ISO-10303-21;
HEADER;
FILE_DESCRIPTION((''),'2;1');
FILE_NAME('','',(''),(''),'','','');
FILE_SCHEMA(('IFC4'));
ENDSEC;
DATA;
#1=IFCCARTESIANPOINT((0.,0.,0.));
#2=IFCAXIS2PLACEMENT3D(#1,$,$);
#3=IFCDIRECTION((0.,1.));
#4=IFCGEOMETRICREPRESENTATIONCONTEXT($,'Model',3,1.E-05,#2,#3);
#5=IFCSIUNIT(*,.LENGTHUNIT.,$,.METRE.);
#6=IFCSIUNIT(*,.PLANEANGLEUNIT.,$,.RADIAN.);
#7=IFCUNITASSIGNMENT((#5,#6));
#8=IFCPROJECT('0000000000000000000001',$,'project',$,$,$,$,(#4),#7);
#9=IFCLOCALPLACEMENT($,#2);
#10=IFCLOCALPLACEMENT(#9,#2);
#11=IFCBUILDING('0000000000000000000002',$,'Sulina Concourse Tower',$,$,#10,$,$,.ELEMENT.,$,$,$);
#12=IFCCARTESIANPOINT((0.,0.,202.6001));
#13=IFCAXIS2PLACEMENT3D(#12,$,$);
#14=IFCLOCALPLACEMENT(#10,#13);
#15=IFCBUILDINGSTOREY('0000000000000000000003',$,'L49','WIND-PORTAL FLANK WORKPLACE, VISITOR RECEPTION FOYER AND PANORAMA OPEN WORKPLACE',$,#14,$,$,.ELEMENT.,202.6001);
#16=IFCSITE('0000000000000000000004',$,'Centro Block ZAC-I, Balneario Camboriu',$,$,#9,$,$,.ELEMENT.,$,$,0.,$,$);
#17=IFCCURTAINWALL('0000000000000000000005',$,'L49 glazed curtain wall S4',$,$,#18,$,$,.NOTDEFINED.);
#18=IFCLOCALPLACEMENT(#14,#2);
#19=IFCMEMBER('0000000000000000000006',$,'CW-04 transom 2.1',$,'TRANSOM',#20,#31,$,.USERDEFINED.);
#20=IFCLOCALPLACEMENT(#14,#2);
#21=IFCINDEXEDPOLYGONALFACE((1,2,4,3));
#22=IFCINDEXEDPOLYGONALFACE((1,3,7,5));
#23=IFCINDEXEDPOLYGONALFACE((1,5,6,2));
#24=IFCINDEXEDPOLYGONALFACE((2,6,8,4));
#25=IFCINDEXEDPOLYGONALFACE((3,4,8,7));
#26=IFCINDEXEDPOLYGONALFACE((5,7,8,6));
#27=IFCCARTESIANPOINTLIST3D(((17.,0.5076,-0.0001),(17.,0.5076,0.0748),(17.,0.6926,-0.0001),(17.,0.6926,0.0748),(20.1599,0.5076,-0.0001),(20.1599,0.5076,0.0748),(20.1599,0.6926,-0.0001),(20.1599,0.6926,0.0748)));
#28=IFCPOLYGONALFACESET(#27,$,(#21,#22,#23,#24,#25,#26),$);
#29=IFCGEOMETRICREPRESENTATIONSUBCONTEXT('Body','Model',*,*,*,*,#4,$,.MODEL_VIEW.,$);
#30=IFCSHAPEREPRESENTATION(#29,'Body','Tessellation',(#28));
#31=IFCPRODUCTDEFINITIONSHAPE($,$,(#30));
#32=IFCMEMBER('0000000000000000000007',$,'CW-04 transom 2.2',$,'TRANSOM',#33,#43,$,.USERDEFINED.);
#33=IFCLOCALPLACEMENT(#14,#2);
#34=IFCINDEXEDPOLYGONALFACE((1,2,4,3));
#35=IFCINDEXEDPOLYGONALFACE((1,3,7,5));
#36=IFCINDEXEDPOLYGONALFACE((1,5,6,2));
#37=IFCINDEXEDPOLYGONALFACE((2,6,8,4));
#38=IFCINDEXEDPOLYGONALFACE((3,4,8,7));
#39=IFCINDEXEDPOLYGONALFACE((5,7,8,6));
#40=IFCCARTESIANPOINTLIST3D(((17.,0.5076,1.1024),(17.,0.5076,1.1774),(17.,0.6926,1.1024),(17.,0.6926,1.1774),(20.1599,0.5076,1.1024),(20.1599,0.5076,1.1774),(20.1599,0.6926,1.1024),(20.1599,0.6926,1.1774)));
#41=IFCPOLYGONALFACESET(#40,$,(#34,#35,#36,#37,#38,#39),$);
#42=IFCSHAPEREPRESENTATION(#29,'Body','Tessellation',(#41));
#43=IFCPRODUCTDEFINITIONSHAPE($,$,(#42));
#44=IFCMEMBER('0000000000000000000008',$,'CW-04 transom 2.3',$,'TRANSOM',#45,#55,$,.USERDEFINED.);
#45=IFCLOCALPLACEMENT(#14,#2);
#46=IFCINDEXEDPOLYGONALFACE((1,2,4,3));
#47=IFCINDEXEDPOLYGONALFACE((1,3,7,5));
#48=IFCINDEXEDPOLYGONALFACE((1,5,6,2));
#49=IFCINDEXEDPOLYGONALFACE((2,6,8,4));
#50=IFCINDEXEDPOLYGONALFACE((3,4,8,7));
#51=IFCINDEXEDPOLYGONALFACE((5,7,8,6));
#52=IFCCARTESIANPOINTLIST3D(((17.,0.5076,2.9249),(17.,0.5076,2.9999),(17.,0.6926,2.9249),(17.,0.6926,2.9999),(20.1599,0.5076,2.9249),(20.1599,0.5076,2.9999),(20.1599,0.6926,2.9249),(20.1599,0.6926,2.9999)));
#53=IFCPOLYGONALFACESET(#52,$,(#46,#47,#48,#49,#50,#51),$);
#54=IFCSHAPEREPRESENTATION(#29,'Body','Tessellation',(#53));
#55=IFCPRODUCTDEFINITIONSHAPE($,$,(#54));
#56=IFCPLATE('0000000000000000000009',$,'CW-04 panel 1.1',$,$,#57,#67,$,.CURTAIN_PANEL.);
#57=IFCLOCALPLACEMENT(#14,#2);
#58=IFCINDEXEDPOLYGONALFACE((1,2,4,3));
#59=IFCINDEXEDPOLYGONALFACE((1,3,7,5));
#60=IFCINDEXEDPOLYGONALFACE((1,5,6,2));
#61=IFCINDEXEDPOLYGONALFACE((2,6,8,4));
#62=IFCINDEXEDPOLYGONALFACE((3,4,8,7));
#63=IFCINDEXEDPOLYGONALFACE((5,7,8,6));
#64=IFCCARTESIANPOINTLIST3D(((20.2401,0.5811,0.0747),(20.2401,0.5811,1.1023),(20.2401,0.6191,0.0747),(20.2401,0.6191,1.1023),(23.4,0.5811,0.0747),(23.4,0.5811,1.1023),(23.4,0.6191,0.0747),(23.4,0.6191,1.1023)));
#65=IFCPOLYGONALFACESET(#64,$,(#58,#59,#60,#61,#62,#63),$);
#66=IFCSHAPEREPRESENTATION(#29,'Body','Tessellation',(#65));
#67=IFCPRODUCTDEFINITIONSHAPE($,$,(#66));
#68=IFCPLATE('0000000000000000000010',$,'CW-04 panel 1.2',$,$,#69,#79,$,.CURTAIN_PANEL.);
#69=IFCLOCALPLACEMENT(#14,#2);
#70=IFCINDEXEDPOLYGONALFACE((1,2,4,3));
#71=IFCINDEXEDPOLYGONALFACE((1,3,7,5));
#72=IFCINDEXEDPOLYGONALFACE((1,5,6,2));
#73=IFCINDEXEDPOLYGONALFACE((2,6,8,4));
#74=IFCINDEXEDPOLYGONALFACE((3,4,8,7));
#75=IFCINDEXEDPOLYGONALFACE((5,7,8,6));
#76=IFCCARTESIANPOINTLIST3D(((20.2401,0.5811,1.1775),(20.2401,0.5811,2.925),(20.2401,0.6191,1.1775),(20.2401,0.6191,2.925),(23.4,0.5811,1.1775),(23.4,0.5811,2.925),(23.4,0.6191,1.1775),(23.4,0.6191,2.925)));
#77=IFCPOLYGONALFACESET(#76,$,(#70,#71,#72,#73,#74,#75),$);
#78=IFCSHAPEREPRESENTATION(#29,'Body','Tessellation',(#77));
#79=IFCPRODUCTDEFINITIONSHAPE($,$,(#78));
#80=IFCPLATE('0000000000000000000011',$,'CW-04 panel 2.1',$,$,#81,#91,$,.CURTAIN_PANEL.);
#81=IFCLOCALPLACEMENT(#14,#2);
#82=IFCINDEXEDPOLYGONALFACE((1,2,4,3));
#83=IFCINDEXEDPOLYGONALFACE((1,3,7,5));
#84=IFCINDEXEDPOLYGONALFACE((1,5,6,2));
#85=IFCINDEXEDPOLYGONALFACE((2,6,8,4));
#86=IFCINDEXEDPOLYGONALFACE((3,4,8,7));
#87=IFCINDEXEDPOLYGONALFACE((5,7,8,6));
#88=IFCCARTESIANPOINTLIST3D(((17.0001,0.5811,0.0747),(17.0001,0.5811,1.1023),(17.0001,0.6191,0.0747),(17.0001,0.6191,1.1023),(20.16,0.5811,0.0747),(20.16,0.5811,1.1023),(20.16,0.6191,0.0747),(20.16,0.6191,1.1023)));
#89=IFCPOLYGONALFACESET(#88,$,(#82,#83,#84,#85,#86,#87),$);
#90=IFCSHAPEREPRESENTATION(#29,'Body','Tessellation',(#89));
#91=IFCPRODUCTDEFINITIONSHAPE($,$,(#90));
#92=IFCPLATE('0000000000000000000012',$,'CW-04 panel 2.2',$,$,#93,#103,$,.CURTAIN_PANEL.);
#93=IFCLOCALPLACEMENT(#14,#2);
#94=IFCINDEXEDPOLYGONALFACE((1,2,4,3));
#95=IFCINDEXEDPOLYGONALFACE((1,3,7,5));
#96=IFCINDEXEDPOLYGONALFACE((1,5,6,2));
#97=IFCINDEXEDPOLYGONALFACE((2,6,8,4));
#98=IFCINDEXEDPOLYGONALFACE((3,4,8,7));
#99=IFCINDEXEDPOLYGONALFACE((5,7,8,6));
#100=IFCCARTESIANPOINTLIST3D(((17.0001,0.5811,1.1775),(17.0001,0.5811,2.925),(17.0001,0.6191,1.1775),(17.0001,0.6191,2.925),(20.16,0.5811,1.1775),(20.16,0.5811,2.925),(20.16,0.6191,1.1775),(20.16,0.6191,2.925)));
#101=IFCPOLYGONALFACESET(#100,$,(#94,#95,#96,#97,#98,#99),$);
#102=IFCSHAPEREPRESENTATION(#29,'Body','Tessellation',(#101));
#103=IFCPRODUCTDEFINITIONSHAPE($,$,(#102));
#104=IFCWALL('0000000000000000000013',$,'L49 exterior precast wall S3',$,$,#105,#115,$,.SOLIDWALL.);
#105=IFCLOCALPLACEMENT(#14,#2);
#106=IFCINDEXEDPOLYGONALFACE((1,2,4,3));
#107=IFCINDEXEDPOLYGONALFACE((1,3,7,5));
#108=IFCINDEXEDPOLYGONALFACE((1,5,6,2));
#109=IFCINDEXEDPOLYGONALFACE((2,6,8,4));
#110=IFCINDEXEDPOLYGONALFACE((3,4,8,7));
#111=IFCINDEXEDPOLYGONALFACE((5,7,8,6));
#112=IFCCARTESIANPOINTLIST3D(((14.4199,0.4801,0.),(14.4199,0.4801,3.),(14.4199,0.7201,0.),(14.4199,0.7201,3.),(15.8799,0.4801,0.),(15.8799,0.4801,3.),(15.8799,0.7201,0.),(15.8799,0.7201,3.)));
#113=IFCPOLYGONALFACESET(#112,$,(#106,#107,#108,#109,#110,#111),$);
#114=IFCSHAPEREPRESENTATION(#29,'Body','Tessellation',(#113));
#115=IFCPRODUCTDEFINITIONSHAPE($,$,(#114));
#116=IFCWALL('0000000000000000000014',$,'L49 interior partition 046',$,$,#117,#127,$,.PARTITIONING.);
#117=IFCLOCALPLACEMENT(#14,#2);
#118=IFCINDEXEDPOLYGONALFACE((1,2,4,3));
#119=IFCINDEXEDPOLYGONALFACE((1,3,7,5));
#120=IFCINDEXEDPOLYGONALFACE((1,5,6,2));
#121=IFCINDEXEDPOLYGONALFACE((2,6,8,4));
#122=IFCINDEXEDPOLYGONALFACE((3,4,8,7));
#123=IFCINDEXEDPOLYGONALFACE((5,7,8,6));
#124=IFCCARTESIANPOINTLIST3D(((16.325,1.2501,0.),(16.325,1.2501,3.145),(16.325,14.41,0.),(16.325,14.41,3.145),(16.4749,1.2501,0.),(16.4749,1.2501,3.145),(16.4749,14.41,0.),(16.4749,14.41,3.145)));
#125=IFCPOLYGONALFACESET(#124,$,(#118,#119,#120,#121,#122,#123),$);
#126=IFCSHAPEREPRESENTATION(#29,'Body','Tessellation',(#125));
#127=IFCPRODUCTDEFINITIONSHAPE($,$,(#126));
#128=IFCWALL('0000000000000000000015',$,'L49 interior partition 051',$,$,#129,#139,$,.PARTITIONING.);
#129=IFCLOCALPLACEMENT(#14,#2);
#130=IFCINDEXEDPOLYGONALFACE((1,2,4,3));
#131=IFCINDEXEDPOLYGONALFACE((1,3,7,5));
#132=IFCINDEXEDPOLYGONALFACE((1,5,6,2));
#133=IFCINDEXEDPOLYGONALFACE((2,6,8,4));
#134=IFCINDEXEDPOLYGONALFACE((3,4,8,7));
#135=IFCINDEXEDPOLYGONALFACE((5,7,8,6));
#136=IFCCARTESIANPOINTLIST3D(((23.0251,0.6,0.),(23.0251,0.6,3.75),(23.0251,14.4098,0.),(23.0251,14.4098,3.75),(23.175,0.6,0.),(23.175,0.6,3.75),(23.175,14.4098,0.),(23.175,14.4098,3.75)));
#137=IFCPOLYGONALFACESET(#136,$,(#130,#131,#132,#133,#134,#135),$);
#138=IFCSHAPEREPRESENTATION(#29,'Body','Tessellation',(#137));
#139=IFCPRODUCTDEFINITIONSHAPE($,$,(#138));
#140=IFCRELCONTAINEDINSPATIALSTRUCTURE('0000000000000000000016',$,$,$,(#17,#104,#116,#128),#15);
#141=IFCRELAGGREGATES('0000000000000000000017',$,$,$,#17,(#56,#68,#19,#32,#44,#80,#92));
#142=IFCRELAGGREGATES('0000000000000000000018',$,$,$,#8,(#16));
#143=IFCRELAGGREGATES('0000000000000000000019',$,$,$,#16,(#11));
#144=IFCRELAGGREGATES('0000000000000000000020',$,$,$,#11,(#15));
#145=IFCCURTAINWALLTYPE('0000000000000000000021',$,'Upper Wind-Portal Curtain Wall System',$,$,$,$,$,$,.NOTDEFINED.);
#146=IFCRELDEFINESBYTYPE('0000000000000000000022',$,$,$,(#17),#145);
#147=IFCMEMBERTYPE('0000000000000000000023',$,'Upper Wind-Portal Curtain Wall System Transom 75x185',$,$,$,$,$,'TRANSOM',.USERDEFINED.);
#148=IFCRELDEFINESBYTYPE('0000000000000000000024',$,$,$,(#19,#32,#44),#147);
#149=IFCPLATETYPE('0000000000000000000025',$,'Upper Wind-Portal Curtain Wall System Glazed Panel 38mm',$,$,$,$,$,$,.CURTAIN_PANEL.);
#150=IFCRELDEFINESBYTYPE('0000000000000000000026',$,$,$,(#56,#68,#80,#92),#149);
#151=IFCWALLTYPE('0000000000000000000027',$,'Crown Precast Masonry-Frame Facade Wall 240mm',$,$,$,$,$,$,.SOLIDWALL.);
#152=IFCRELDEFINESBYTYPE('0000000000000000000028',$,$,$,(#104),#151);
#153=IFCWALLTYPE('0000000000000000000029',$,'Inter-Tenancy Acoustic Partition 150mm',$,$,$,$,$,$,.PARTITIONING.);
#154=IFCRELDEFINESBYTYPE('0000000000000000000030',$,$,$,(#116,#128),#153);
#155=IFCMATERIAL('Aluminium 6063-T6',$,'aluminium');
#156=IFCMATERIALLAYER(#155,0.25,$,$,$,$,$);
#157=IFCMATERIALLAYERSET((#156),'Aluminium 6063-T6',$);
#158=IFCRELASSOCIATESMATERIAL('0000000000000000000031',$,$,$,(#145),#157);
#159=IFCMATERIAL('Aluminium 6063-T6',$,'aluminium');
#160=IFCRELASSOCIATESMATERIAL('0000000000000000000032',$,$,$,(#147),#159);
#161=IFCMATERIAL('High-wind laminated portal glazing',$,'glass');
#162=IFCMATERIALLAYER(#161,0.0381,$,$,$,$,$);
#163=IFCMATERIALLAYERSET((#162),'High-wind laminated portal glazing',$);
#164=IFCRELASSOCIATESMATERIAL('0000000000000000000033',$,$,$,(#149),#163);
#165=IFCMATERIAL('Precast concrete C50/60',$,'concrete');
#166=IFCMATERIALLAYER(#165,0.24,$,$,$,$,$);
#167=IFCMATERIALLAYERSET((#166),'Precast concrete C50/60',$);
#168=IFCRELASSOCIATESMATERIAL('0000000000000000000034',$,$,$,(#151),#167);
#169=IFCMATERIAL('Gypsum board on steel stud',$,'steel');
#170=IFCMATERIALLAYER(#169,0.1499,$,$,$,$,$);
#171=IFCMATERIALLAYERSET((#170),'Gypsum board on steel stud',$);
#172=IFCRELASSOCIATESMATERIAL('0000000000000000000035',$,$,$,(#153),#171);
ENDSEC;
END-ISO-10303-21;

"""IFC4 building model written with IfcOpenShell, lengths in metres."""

from ifc_helpers import new_model, si_unit, direction, frame, frame_2d, origin, origin_2d, place, context, subcontext, project, spatial, rectangle, extrude, material, layer, layer_set, material_profile, profile_set, type_object, element, aggregate, save


model = new_model("IFC4")

# Units and contexts
model_context = context("Model", 3, precision=1e-05, world=origin(), true_north=direction((0.0, 1.0)))
body_context = subcontext(model_context, "Body", "Model", "MODEL_VIEW")
ifc_project = project(units=[si_unit("LENGTHUNIT", "METRE"), si_unit("PLANEANGLEUNIT", "RADIAN")], contexts=[model_context])

# Site, building, storey
site_placement = place(None, origin())
site = spatial("IfcSite", under=ifc_project, at=site_placement, Name="Centro Block ZAC-I, Balneario Camboriu", CompositionType="ELEMENT", RefElevation=0.0)
building_placement = place(site_placement, origin())
building = spatial("IfcBuilding", under=site, at=building_placement, Name="Sulina Concourse Tower", CompositionType="ELEMENT")
storey_placement = place(building_placement, frame((0.0, 0.0, 202.6001)))
storey = spatial("IfcBuildingStorey", under=building, at=storey_placement, Name="L49", Description="WIND-PORTAL FLANK WORKPLACE, VISITOR RECEPTION FOYER AND PANORAMA OPEN WORKPLACE", CompositionType="ELEMENT", Elevation=202.6001)

# Curtain wall, members, plates
ifc_material_1 = material(Name="Aluminium 6063-T6", Category="aluminium")
ifc_layer_1 = layer(ifc_material_1, 0.25)
ifc_layer_set_1 = layer_set([ifc_layer_1], Name="Aluminium 6063-T6")
curtain_wall_type = type_object("IfcCurtainWallType", Name="Upper Wind-Portal Curtain Wall System", PredefinedType="NOTDEFINED", material=ifc_layer_set_1)
curtain_wall_placement = place(storey_placement, origin())
curtain_wall = element("IfcCurtainWall", 1, at=curtain_wall_placement, inside=storey, type_object=curtain_wall_type, Name="L49 glazed curtain wall S4", PredefinedType="NOTDEFINED")
ifc_material_2 = material(Name="Aluminium 6063-T6", Category="aluminium")
ifc_material_profile_1 = material_profile(ifc_material_2, rectangle(XDim=0.1851, YDim=0.075, at=origin_2d()), Name="TRN 75x185")
ifc_profile_set_1 = profile_set([ifc_material_profile_1], Name="Aluminium 6063-T6")
member_type_1 = type_object("IfcMemberType", Name="Upper Wind-Portal Curtain Wall System Transom 75x185", ElementType="TRANSOM", PredefinedType="USERDEFINED", material=ifc_profile_set_1)
member_1_placement = place(storey_placement, frame((20.1599, 0.6001, 0.0374), z_axis=(-1.0, 0.0, 0.0), x_axis=(0.0, -1.0, 0.0)))
member_1 = element("IfcMember", 2, at=member_1_placement, type_object=member_type_1, Name="CW-04 transom 2.1", ObjectType="TRANSOM", PredefinedType="USERDEFINED", context=body_context, shape_type="SweptSolid", body=[
    extrude(rectangle(XDim=0.1851, YDim=0.075, at=origin_2d()), origin(), (0.0, 0.0, 1.0), 3.1599),
])
member_2_placement = place(storey_placement, frame((20.1599, 0.6001, 1.1399), z_axis=(-1.0, 0.0, 0.0), x_axis=(0.0, -1.0, 0.0)))
member_2 = element("IfcMember", 3, at=member_2_placement, type_object=member_type_1, Name="CW-04 transom 2.2", ObjectType="TRANSOM", PredefinedType="USERDEFINED", context=body_context, shape_type="SweptSolid", body=[
    extrude(rectangle(XDim=0.1851, YDim=0.075, at=origin_2d()), origin(), (0.0, 0.0, 1.0), 3.1599),
])
member_3_placement = place(storey_placement, frame((20.1599, 0.6001, 2.9624), z_axis=(-1.0, 0.0, 0.0), x_axis=(0.0, -1.0, 0.0)))
member_3 = element("IfcMember", 4, at=member_3_placement, type_object=member_type_1, Name="CW-04 transom 2.3", ObjectType="TRANSOM", PredefinedType="USERDEFINED", context=body_context, shape_type="SweptSolid", body=[
    extrude(rectangle(XDim=0.1851, YDim=0.075, at=origin_2d()), origin(), (0.0, 0.0, 1.0), 3.1599),
])
ifc_material_3 = material(Name="High-wind laminated portal glazing", Category="glass")
ifc_layer_2 = layer(ifc_material_3, 0.0381)
ifc_layer_set_2 = layer_set([ifc_layer_2], Name="High-wind laminated portal glazing")
plate_type = type_object("IfcPlateType", Name="Upper Wind-Portal Curtain Wall System Glazed Panel 38mm", PredefinedType="CURTAIN_PANEL", material=ifc_layer_set_2)
plate_1_placement = place(storey_placement, frame((21.8201, 0.6001, 0.0747), z_axis=(0.0, 0.0, 1.0), x_axis=(-1.0, 0.0, 0.0)))
plate_1 = element("IfcPlate", 5, at=plate_1_placement, type_object=plate_type, Name="CW-04 panel 1.1", PredefinedType="CURTAIN_PANEL", context=body_context, shape_type="SweptSolid", body=[
    extrude(rectangle(XDim=3.1599, YDim=0.0381, at=origin_2d()), origin(), (0.0, 0.0, 1.0), 1.0276),
])
plate_2_placement = place(storey_placement, frame((21.8201, 0.6001, 1.1775), z_axis=(0.0, 0.0, 1.0), x_axis=(-1.0, 0.0, 0.0)))
plate_2 = element("IfcPlate", 6, at=plate_2_placement, type_object=plate_type, Name="CW-04 panel 1.2", PredefinedType="CURTAIN_PANEL", context=body_context, shape_type="SweptSolid", body=[
    extrude(rectangle(XDim=3.1599, YDim=0.0381, at=origin_2d()), origin(), (0.0, 0.0, 1.0), 1.7476),
])
plate_3_placement = place(storey_placement, frame((18.5801, 0.6001, 0.0747), z_axis=(0.0, 0.0, 1.0), x_axis=(-1.0, 0.0, 0.0)))
plate_3 = element("IfcPlate", 7, at=plate_3_placement, type_object=plate_type, Name="CW-04 panel 2.1", PredefinedType="CURTAIN_PANEL", context=body_context, shape_type="SweptSolid", body=[
    extrude(rectangle(XDim=3.1599, YDim=0.0381, at=origin_2d()), origin(), (0.0, 0.0, 1.0), 1.0276),
])
plate_4_placement = place(storey_placement, frame((18.5801, 0.6001, 1.1775), z_axis=(0.0, 0.0, 1.0), x_axis=(-1.0, 0.0, 0.0)))
plate_4 = element("IfcPlate", 8, at=plate_4_placement, type_object=plate_type, Name="CW-04 panel 2.2", PredefinedType="CURTAIN_PANEL", context=body_context, shape_type="SweptSolid", body=[
    extrude(rectangle(XDim=3.1599, YDim=0.0381, at=origin_2d()), origin(), (0.0, 0.0, 1.0), 1.7476),
])
aggregate(curtain_wall, [plate_1, plate_2, member_1, member_2, member_3, plate_3, plate_4])

# Walls
ifc_material_4 = material(Name="Precast concrete C50/60", Category="concrete")
ifc_layer_3 = layer(ifc_material_4, 0.24)
ifc_layer_set_3 = layer_set([ifc_layer_3], Name="Precast concrete C50/60")
wall_type_1 = type_object("IfcWallType", Name="Crown Precast Masonry-Frame Facade Wall 240mm", PredefinedType="SOLIDWALL", material=ifc_layer_set_3)
wall_1_placement = place(storey_placement, frame((15.8799, 0.6001, 0.0), z_axis=(0.0, 0.0, 1.0), x_axis=(-1.0, 0.0, 0.0)))
element("IfcWall", 9, at=wall_1_placement, inside=storey, type_object=wall_type_1, Name="L49 exterior precast wall S3", PredefinedType="SOLIDWALL", context=body_context, shape_type="SweptSolid", body=[
    extrude(rectangle(XDim=1.46, YDim=0.24, at=frame_2d((0.73, 0.0))), origin(), (0.0, 0.0, 1.0), 3.0),
])
ifc_material_5 = material(Name="Gypsum board on steel stud", Category="steel")
ifc_layer_4 = layer(ifc_material_5, 0.1499)
ifc_layer_set_4 = layer_set([ifc_layer_4], Name="Gypsum board on steel stud")
wall_type_2 = type_object("IfcWallType", Name="Inter-Tenancy Acoustic Partition 150mm", PredefinedType="PARTITIONING", material=ifc_layer_set_4)
wall_2_placement = place(storey_placement, frame((16.3999, 1.25, 0.0), z_axis=(0.0, 0.0, 1.0), x_axis=(0.0, 1.0, 0.0)))
element("IfcWall", 10, at=wall_2_placement, inside=storey, type_object=wall_type_2, Name="L49 interior partition 046", PredefinedType="PARTITIONING", context=body_context, shape_type="SweptSolid", body=[
    extrude(rectangle(XDim=13.1599, YDim=0.1499, at=frame_2d((6.5801, 0.0))), origin(), (0.0, 0.0, 1.0), 3.145),
])
wall_3_placement = place(storey_placement, frame((23.1001, 0.6001, 0.0), z_axis=(0.0, 0.0, 1.0), x_axis=(0.0, 1.0, 0.0)))
element("IfcWall", 11, at=wall_3_placement, inside=storey, type_object=wall_type_2, Name="L49 interior partition 051", PredefinedType="PARTITIONING", context=body_context, shape_type="SweptSolid", body=[
    extrude(rectangle(XDim=13.8098, YDim=0.1499, at=frame_2d((6.9048, 0.0))), origin(), (0.0, 0.0, 1.0), 3.75),
])

save(model, "model.ifc")
